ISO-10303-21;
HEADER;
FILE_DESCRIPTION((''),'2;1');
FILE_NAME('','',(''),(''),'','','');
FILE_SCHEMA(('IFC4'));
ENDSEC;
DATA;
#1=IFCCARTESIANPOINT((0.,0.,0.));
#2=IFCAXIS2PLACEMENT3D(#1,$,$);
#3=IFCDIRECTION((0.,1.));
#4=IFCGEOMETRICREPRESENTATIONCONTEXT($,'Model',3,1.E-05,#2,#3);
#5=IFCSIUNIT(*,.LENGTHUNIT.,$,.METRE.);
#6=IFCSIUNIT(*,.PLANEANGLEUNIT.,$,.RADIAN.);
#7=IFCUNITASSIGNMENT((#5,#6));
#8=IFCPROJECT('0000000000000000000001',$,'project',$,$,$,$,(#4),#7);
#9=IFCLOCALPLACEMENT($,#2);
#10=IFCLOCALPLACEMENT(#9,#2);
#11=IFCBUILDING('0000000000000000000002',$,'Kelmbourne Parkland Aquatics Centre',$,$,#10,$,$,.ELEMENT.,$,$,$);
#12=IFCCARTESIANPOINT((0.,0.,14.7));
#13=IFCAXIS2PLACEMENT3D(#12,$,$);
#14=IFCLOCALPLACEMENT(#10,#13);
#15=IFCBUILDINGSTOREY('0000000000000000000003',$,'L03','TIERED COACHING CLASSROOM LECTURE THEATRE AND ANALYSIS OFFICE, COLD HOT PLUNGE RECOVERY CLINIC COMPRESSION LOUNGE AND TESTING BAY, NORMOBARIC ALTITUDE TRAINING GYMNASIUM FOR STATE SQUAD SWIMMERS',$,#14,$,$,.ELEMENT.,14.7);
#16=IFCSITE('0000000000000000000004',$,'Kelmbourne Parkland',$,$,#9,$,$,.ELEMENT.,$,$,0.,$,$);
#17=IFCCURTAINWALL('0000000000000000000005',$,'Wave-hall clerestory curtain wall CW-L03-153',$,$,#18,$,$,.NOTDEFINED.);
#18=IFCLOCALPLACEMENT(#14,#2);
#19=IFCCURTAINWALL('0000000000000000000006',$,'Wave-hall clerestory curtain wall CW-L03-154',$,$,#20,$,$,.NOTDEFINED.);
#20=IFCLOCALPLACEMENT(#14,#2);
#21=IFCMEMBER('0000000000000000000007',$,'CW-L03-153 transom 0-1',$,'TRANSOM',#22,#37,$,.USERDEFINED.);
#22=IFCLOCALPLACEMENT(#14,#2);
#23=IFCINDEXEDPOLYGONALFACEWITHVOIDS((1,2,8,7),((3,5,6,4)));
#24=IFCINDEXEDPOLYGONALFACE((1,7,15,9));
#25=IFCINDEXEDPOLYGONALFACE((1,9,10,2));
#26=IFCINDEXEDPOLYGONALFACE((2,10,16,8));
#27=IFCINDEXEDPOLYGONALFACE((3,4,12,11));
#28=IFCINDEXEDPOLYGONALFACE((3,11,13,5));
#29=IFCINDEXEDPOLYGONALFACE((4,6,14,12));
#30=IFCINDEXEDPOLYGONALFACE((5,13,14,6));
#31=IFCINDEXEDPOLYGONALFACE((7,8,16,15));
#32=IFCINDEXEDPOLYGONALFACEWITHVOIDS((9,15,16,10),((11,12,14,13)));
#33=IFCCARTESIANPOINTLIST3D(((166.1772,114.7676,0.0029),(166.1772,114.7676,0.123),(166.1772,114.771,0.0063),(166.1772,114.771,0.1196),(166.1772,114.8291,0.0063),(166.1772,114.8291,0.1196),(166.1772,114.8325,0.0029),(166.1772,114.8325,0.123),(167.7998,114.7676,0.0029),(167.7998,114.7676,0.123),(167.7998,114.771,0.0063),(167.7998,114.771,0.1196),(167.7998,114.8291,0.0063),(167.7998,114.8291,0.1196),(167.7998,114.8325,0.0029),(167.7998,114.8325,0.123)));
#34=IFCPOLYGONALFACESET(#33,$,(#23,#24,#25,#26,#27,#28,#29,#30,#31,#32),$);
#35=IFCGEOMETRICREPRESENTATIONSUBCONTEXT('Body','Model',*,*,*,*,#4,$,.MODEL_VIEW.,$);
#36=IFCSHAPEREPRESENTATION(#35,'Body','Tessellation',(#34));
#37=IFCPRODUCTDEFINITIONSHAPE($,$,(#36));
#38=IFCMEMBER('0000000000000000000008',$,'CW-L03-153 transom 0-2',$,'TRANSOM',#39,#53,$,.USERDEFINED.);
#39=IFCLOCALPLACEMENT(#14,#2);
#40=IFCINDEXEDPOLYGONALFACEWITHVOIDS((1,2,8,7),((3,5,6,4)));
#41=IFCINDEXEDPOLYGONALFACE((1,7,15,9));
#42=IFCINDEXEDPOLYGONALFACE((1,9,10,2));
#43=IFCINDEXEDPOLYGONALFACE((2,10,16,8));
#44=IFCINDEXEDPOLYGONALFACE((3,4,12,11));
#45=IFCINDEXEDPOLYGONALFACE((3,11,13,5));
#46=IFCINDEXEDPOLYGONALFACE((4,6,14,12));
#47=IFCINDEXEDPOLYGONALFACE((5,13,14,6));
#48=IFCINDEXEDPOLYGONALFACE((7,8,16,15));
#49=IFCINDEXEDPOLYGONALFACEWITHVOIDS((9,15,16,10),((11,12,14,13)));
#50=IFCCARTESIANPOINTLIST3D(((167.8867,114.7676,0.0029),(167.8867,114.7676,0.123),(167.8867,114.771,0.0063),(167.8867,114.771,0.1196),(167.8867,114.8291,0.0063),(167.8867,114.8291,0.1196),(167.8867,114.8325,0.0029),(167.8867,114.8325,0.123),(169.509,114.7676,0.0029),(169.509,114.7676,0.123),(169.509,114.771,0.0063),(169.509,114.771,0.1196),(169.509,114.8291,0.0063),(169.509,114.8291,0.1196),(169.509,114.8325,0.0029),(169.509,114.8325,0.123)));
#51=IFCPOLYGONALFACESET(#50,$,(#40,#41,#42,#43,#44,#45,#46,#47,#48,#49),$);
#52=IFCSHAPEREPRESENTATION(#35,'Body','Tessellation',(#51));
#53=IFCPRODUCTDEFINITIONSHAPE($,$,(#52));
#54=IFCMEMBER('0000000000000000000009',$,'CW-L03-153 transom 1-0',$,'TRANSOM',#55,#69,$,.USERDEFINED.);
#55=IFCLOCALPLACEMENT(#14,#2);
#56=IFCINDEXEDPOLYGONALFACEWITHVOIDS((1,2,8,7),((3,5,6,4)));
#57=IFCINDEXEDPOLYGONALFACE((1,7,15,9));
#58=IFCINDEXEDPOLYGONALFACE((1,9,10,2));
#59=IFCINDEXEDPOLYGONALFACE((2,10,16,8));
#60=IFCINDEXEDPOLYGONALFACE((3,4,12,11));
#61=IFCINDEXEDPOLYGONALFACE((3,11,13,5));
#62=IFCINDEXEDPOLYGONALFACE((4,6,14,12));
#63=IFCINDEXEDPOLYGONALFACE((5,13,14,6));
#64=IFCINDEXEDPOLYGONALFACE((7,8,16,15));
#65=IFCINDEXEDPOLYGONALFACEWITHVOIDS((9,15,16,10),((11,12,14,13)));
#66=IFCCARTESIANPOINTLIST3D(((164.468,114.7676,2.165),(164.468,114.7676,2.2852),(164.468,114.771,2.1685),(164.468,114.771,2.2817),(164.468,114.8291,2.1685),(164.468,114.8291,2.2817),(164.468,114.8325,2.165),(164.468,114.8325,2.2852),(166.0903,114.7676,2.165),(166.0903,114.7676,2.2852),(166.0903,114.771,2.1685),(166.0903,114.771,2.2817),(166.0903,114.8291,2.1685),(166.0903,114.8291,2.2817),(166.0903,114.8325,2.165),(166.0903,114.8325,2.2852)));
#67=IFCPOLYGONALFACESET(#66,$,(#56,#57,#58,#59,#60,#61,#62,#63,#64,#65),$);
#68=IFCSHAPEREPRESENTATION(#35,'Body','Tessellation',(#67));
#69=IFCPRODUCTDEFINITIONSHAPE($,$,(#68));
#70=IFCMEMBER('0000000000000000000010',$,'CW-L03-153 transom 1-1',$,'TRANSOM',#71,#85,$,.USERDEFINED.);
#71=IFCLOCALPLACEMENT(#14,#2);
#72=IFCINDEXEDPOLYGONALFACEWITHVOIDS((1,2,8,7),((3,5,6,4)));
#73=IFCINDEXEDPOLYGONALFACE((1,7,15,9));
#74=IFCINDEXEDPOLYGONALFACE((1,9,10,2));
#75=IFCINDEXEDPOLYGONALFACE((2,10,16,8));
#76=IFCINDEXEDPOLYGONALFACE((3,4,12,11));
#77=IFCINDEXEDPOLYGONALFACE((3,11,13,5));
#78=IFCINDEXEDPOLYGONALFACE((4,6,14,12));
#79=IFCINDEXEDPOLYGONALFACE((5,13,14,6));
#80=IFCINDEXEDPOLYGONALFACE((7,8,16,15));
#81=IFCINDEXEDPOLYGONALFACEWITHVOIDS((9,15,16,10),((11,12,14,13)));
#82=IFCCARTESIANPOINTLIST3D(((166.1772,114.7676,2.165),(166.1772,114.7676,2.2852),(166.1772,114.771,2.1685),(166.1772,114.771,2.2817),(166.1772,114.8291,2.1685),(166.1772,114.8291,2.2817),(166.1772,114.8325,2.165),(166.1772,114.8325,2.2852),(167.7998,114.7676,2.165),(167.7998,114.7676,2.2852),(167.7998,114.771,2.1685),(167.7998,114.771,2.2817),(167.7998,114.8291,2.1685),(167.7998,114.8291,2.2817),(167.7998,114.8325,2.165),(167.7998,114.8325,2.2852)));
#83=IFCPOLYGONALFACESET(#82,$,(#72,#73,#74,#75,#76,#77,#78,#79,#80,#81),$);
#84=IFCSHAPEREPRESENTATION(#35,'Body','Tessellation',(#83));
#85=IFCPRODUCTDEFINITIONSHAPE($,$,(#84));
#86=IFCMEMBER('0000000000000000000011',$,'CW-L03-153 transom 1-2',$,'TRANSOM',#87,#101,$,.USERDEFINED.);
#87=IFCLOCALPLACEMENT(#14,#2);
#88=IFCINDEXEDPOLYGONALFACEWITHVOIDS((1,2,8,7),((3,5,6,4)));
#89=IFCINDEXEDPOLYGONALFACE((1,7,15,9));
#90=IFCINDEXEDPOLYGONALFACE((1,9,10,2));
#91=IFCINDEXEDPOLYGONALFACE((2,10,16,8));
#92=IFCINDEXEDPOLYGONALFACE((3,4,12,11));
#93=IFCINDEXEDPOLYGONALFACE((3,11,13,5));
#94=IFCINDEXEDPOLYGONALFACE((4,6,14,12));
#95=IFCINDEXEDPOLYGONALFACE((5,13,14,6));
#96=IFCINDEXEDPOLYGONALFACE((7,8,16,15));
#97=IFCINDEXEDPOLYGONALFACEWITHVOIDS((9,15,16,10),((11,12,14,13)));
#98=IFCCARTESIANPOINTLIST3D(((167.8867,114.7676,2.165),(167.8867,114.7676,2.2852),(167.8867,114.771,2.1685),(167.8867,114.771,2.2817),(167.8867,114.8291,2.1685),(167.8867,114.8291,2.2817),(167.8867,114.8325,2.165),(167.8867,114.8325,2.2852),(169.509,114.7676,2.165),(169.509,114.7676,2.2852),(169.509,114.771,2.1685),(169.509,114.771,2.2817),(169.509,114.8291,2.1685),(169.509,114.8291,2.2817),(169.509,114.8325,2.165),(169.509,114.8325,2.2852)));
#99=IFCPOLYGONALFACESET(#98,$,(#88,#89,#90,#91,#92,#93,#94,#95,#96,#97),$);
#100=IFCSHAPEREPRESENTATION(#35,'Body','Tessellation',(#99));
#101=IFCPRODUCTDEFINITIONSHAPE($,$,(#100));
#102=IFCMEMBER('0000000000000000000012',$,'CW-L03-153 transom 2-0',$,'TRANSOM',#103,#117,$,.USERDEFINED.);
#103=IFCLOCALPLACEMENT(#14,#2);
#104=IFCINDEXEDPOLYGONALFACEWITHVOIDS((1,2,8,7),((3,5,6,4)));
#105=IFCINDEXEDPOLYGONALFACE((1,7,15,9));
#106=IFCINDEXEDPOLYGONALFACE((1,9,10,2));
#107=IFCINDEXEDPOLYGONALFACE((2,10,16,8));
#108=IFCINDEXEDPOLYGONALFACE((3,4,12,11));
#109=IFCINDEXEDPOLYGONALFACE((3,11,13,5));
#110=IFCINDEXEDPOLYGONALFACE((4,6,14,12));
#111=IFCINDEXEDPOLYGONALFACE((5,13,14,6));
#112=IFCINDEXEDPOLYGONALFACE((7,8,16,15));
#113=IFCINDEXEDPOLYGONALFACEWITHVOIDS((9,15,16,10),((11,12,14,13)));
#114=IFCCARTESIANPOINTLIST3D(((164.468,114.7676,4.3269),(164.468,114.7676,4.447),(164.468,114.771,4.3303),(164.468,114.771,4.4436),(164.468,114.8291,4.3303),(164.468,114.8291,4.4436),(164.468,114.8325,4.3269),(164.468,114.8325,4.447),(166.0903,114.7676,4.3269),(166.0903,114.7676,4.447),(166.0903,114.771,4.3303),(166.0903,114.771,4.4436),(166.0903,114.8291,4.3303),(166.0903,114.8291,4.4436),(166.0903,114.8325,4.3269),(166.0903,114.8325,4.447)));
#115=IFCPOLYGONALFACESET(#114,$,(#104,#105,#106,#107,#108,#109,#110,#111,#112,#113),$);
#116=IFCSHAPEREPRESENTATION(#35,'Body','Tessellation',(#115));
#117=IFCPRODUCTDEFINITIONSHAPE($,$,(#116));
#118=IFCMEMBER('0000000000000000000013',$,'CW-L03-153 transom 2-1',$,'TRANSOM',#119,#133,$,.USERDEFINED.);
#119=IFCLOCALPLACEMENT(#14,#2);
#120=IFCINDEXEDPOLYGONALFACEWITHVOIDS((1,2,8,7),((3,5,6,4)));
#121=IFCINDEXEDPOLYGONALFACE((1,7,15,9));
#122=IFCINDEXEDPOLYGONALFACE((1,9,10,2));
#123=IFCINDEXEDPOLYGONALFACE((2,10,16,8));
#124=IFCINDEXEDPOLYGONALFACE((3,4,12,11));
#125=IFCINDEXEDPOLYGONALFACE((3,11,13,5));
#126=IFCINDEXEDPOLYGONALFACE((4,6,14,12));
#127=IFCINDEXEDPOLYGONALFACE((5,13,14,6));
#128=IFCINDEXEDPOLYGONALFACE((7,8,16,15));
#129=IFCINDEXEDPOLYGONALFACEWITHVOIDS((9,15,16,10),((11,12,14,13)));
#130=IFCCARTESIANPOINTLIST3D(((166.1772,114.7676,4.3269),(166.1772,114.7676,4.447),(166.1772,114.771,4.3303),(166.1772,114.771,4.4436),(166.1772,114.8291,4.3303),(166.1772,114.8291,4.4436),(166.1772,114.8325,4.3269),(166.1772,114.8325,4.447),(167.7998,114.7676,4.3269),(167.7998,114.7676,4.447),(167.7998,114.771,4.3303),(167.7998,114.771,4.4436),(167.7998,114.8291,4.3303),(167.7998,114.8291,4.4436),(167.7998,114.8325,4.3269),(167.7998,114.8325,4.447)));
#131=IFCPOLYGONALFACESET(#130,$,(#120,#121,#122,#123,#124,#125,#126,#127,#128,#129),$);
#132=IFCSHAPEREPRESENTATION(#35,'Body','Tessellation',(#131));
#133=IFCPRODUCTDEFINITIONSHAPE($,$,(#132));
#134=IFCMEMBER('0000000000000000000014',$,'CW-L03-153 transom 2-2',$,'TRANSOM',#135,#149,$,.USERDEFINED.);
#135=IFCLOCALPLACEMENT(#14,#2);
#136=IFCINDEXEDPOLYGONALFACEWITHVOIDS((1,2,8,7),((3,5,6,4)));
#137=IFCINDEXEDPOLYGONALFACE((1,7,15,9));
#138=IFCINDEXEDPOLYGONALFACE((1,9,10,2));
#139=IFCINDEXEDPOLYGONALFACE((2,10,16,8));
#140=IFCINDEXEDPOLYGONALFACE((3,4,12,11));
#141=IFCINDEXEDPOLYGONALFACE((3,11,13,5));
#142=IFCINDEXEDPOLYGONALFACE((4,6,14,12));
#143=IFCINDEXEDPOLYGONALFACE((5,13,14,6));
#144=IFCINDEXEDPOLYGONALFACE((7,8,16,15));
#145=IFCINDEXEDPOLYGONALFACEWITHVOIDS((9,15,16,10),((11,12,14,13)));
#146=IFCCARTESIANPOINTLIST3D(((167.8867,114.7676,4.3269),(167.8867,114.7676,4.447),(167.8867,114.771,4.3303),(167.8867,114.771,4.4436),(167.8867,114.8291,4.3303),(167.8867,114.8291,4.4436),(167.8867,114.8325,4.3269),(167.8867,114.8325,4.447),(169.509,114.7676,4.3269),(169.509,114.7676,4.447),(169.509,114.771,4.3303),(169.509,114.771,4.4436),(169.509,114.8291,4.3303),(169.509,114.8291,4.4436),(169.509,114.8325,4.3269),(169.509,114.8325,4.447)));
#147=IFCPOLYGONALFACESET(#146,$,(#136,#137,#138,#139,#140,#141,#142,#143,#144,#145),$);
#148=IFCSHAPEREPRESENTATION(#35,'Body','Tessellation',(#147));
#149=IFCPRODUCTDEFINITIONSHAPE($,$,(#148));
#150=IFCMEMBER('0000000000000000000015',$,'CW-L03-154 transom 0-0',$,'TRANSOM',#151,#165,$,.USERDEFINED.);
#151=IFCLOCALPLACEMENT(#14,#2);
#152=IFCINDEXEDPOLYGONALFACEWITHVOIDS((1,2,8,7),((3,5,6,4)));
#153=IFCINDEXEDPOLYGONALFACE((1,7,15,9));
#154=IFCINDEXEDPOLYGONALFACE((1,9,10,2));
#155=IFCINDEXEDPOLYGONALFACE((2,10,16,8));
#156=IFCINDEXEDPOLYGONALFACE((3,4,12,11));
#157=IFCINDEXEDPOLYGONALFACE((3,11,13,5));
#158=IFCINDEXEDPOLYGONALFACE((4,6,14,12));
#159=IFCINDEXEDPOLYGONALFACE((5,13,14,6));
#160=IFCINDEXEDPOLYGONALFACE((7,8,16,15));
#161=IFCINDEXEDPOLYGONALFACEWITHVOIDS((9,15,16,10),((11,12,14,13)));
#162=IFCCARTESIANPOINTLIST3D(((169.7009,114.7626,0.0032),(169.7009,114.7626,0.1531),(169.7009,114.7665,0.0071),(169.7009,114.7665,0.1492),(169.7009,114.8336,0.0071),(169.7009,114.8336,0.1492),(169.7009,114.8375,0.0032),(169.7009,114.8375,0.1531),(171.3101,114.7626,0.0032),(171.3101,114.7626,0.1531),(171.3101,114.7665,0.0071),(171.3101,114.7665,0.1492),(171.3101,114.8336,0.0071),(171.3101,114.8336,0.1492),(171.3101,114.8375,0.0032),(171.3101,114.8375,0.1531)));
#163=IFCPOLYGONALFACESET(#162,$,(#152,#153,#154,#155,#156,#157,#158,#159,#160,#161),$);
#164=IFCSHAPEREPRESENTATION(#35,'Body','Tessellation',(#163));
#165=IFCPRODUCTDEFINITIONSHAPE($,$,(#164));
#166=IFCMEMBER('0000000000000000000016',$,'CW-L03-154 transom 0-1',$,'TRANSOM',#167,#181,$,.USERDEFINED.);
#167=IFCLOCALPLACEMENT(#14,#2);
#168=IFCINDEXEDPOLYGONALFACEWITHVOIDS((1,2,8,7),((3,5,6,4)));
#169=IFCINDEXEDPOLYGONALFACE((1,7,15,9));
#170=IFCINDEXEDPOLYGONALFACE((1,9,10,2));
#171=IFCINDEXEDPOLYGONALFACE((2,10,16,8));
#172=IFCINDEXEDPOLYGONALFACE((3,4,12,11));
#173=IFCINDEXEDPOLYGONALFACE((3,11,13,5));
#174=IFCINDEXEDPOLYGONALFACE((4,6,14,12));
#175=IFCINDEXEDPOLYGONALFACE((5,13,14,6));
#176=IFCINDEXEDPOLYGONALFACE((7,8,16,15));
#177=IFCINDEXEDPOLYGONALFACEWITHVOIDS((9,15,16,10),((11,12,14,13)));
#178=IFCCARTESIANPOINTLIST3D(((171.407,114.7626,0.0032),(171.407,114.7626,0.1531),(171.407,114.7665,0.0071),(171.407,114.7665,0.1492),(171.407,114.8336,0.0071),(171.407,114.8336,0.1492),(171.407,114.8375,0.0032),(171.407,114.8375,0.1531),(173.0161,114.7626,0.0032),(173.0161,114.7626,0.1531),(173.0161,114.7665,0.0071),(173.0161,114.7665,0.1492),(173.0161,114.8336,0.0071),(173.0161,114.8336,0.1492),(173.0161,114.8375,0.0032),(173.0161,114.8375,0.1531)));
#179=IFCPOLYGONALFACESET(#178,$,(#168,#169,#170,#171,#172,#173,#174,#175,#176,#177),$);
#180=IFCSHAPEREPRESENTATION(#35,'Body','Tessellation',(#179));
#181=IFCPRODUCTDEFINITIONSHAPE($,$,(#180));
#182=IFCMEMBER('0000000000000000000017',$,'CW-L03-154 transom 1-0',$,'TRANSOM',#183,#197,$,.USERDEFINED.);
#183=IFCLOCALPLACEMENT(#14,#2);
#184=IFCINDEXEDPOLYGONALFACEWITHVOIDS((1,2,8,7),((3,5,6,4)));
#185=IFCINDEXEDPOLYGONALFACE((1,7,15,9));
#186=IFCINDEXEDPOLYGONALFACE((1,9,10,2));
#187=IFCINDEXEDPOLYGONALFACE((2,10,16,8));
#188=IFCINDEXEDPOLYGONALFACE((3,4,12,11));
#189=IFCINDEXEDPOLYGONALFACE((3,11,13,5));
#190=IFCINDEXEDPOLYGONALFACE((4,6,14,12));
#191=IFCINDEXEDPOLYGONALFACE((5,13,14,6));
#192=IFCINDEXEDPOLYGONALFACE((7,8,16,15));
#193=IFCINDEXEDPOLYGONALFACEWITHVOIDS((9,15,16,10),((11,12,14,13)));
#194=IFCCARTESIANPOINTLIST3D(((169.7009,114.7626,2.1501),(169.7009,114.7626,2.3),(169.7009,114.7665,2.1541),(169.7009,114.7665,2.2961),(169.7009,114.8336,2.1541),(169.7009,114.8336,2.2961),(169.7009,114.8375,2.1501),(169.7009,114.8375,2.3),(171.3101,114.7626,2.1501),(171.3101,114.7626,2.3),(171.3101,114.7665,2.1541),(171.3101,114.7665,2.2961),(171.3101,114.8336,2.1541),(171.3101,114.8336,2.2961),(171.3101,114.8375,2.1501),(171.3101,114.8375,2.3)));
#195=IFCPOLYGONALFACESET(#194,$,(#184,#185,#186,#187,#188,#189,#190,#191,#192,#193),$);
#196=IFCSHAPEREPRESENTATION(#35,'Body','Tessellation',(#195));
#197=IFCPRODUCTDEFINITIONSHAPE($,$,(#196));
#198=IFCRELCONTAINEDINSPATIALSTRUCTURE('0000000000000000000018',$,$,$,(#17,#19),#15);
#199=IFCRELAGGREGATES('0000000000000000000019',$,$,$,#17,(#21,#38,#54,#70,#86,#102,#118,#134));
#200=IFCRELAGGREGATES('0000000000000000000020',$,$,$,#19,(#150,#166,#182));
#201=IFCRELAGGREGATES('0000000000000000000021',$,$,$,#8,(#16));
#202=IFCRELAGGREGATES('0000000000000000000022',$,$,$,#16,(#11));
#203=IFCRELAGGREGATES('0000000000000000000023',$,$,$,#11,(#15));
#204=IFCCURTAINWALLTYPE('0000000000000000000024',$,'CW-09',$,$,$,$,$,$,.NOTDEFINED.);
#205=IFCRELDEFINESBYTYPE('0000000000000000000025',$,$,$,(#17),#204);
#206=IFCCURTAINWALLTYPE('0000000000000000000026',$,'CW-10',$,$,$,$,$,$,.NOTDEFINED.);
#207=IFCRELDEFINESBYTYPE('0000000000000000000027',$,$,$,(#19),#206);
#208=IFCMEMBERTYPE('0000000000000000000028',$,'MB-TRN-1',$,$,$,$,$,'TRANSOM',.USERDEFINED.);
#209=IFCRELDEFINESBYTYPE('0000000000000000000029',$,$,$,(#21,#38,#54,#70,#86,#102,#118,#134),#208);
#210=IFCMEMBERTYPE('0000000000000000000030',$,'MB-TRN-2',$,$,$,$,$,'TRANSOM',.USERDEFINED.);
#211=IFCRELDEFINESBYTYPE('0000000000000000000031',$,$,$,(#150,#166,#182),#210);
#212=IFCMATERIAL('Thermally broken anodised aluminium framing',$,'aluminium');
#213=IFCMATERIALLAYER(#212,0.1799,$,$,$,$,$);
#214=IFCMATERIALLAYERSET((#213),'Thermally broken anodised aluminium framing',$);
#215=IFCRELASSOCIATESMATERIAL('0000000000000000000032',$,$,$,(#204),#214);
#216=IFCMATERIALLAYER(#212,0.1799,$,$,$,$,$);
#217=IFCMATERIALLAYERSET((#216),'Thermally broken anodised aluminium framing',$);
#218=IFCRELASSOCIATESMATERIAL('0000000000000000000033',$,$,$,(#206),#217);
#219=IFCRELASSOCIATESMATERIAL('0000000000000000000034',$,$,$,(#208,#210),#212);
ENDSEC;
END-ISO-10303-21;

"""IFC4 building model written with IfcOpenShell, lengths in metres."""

from ifc_helpers import new_model, si_unit, direction, frame, origin, origin_2d, place, context, subcontext, project, spatial, hollow_rectangle, extrude, material, layer, layer_set, material_profile, profile_set, type_object, element, aggregate, save


model = new_model("IFC4")

# Units and contexts
model_context = context("Model", 3, precision=1e-05, world=origin(), true_north=direction((0.0, 1.0)))
body_context = subcontext(model_context, "Body", "Model", "MODEL_VIEW")
ifc_project = project(units=[si_unit("LENGTHUNIT", "METRE"), si_unit("PLANEANGLEUNIT", "RADIAN")], contexts=[model_context])

# Site, building, storey
site_placement = place(None, origin())
site = spatial("IfcSite", under=ifc_project, at=site_placement, Name="Kelmbourne Parkland", CompositionType="ELEMENT", RefElevation=0.0)
building_placement = place(site_placement, origin())
building = spatial("IfcBuilding", under=site, at=building_placement, Name="Kelmbourne Parkland Aquatics Centre", CompositionType="ELEMENT")
storey_placement = place(building_placement, frame((0.0, 0.0, 14.7)))
storey = spatial("IfcBuildingStorey", under=building, at=storey_placement, Name="L03", Description="TIERED COACHING CLASSROOM LECTURE THEATRE AND ANALYSIS OFFICE, COLD HOT PLUNGE RECOVERY CLINIC COMPRESSION LOUNGE AND TESTING BAY, NORMOBARIC ALTITUDE TRAINING GYMNASIUM FOR STATE SQUAD SWIMMERS", CompositionType="ELEMENT", Elevation=14.7)

# Curtain walls
ifc_material_1 = material(Name="Thermally broken anodised aluminium framing", Category="aluminium")
ifc_layer_1 = layer(ifc_material_1, 0.1799)
ifc_layer_set_1 = layer_set([ifc_layer_1], Name="Thermally broken anodised aluminium framing")
curtain_wall_type_1 = type_object("IfcCurtainWallType", Name="CW-09", PredefinedType="NOTDEFINED", material=ifc_layer_set_1)
curtain_wall_1_placement = place(storey_placement, origin())
curtain_wall_1 = element("IfcCurtainWall", 1, at=curtain_wall_1_placement, inside=storey, type_object=curtain_wall_type_1, Name="Wave-hall clerestory curtain wall CW-L03-153", PredefinedType="NOTDEFINED")
ifc_layer_2 = layer(ifc_material_1, 0.1799)
ifc_layer_set_2 = layer_set([ifc_layer_2], Name="Thermally broken anodised aluminium framing")
curtain_wall_type_2 = type_object("IfcCurtainWallType", Name="CW-10", PredefinedType="NOTDEFINED", material=ifc_layer_set_2)
curtain_wall_2_placement = place(storey_placement, origin())
curtain_wall_2 = element("IfcCurtainWall", 2, at=curtain_wall_2_placement, inside=storey, type_object=curtain_wall_type_2, Name="Wave-hall clerestory curtain wall CW-L03-154", PredefinedType="NOTDEFINED")

# Members
ifc_material_profile_1 = material_profile(ifc_material_1, hollow_rectangle(XDim=0.0649, YDim=0.1201, WallThickness=0.0034, at=origin_2d()), Name="CW-T 65x120")
ifc_profile_set_1 = profile_set([ifc_material_profile_1], Name="Thermally broken anodised aluminium framing")
member_type_1 = type_object("IfcMemberType", Name="MB-TRN-1", ElementType="TRANSOM", PredefinedType="USERDEFINED", material=ifc_profile_set_1)
member_1_placement = place(storey_placement, frame((166.1772, 114.8, 0.063), z_axis=(1.0, 0.0, 0.0), x_axis=(0.0, 1.0, 0.0)))
member_1 = element("IfcMember", 3, at=member_1_placement, type_object=member_type_1, Name="CW-L03-153 transom 0-1", ObjectType="TRANSOM", PredefinedType="USERDEFINED", context=body_context, shape_type="SweptSolid", body=[
    extrude(hollow_rectangle(XDim=0.0649, YDim=0.1201, WallThickness=0.0034, at=origin_2d()), origin(), (0.0, 0.0, 1.0), 1.6226),
])
member_2_placement = place(storey_placement, frame((167.8867, 114.8, 0.063), z_axis=(1.0, 0.0, 0.0), x_axis=(0.0, 1.0, 0.0)))
member_2 = element("IfcMember", 4, at=member_2_placement, type_object=member_type_1, Name="CW-L03-153 transom 0-2", ObjectType="TRANSOM", PredefinedType="USERDEFINED", context=body_context, shape_type="SweptSolid", body=[
    extrude(hollow_rectangle(XDim=0.0649, YDim=0.1201, WallThickness=0.0034, at=origin_2d()), origin(), (0.0, 0.0, 1.0), 1.6223),
])
member_3_placement = place(storey_placement, frame((164.468, 114.8, 2.2251), z_axis=(1.0, 0.0, 0.0), x_axis=(0.0, 1.0, 0.0)))
member_3 = element("IfcMember", 5, at=member_3_placement, type_object=member_type_1, Name="CW-L03-153 transom 1-0", ObjectType="TRANSOM", PredefinedType="USERDEFINED", context=body_context, shape_type="SweptSolid", body=[
    extrude(hollow_rectangle(XDim=0.0649, YDim=0.1201, WallThickness=0.0034, at=origin_2d()), origin(), (0.0, 0.0, 1.0), 1.6223),
])
member_4_placement = place(storey_placement, frame((166.1772, 114.8, 2.2251), z_axis=(1.0, 0.0, 0.0), x_axis=(0.0, 1.0, 0.0)))
member_4 = element("IfcMember", 6, at=member_4_placement, type_object=member_type_1, Name="CW-L03-153 transom 1-1", ObjectType="TRANSOM", PredefinedType="USERDEFINED", context=body_context, shape_type="SweptSolid", body=[
    extrude(hollow_rectangle(XDim=0.0649, YDim=0.1201, WallThickness=0.0034, at=origin_2d()), origin(), (0.0, 0.0, 1.0), 1.6226),
])
member_5_placement = place(storey_placement, frame((167.8867, 114.8, 2.2251), z_axis=(1.0, 0.0, 0.0), x_axis=(0.0, 1.0, 0.0)))
member_5 = element("IfcMember", 7, at=member_5_placement, type_object=member_type_1, Name="CW-L03-153 transom 1-2", ObjectType="TRANSOM", PredefinedType="USERDEFINED", context=body_context, shape_type="SweptSolid", body=[
    extrude(hollow_rectangle(XDim=0.0649, YDim=0.1201, WallThickness=0.0034, at=origin_2d()), origin(), (0.0, 0.0, 1.0), 1.6223),
])
member_6_placement = place(storey_placement, frame((164.468, 114.8, 4.387), z_axis=(1.0, 0.0, 0.0), x_axis=(0.0, 1.0, 0.0)))
member_6 = element("IfcMember", 8, at=member_6_placement, type_object=member_type_1, Name="CW-L03-153 transom 2-0", ObjectType="TRANSOM", PredefinedType="USERDEFINED", context=body_context, shape_type="SweptSolid", body=[
    extrude(hollow_rectangle(XDim=0.0649, YDim=0.1201, WallThickness=0.0034, at=origin_2d()), origin(), (0.0, 0.0, 1.0), 1.6223),
])
member_7_placement = place(storey_placement, frame((166.1772, 114.8, 4.387), z_axis=(1.0, 0.0, 0.0), x_axis=(0.0, 1.0, 0.0)))
member_7 = element("IfcMember", 9, at=member_7_placement, type_object=member_type_1, Name="CW-L03-153 transom 2-1", ObjectType="TRANSOM", PredefinedType="USERDEFINED", context=body_context, shape_type="SweptSolid", body=[
    extrude(hollow_rectangle(XDim=0.0649, YDim=0.1201, WallThickness=0.0034, at=origin_2d()), origin(), (0.0, 0.0, 1.0), 1.6226),
])
member_8_placement = place(storey_placement, frame((167.8867, 114.8, 4.387), z_axis=(1.0, 0.0, 0.0), x_axis=(0.0, 1.0, 0.0)))
member_8 = element("IfcMember", 10, at=member_8_placement, type_object=member_type_1, Name="CW-L03-153 transom 2-2", ObjectType="TRANSOM", PredefinedType="USERDEFINED", context=body_context, shape_type="SweptSolid", body=[
    extrude(hollow_rectangle(XDim=0.0649, YDim=0.1201, WallThickness=0.0034, at=origin_2d()), origin(), (0.0, 0.0, 1.0), 1.6223),
])
ifc_material_profile_2 = material_profile(ifc_material_1, hollow_rectangle(XDim=0.075, YDim=0.1499, WallThickness=0.0039, at=origin_2d()), Name="CW-T 75x150")
ifc_profile_set_2 = profile_set([ifc_material_profile_2], Name="Thermally broken anodised aluminium framing")
member_type_2 = type_object("IfcMemberType", Name="MB-TRN-2", ElementType="TRANSOM", PredefinedType="USERDEFINED", material=ifc_profile_set_2)
member_9_placement = place(storey_placement, frame((169.7009, 114.8, 0.0781), z_axis=(1.0, 0.0, 0.0), x_axis=(0.0, 1.0, 0.0)))
member_9 = element("IfcMember", 11, at=member_9_placement, type_object=member_type_2, Name="CW-L03-154 transom 0-0", ObjectType="TRANSOM", PredefinedType="USERDEFINED", context=body_context, shape_type="SweptSolid", body=[
    extrude(hollow_rectangle(XDim=0.075, YDim=0.1499, WallThickness=0.0039, at=origin_2d()), origin(), (0.0, 0.0, 1.0), 1.6091),
])
member_10_placement = place(storey_placement, frame((171.407, 114.8, 0.0781), z_axis=(1.0, 0.0, 0.0), x_axis=(0.0, 1.0, 0.0)))
member_10 = element("IfcMember", 12, at=member_10_placement, type_object=member_type_2, Name="CW-L03-154 transom 0-1", ObjectType="TRANSOM", PredefinedType="USERDEFINED", context=body_context, shape_type="SweptSolid", body=[
    extrude(hollow_rectangle(XDim=0.075, YDim=0.1499, WallThickness=0.0039, at=origin_2d()), origin(), (0.0, 0.0, 1.0), 1.6091),
])
member_11_placement = place(storey_placement, frame((169.7009, 114.8, 2.2251), z_axis=(1.0, 0.0, 0.0), x_axis=(0.0, 1.0, 0.0)))
member_11 = element("IfcMember", 13, at=member_11_placement, type_object=member_type_2, Name="CW-L03-154 transom 1-0", ObjectType="TRANSOM", PredefinedType="USERDEFINED", context=body_context, shape_type="SweptSolid", body=[
    extrude(hollow_rectangle(XDim=0.075, YDim=0.1499, WallThickness=0.0039, at=origin_2d()), origin(), (0.0, 0.0, 1.0), 1.6091),
])

aggregate(curtain_wall_1, [member_1, member_2, member_3, member_4, member_5, member_6, member_7, member_8])
aggregate(curtain_wall_2, [member_9, member_10, member_11])

save(model, "model.ifc")
